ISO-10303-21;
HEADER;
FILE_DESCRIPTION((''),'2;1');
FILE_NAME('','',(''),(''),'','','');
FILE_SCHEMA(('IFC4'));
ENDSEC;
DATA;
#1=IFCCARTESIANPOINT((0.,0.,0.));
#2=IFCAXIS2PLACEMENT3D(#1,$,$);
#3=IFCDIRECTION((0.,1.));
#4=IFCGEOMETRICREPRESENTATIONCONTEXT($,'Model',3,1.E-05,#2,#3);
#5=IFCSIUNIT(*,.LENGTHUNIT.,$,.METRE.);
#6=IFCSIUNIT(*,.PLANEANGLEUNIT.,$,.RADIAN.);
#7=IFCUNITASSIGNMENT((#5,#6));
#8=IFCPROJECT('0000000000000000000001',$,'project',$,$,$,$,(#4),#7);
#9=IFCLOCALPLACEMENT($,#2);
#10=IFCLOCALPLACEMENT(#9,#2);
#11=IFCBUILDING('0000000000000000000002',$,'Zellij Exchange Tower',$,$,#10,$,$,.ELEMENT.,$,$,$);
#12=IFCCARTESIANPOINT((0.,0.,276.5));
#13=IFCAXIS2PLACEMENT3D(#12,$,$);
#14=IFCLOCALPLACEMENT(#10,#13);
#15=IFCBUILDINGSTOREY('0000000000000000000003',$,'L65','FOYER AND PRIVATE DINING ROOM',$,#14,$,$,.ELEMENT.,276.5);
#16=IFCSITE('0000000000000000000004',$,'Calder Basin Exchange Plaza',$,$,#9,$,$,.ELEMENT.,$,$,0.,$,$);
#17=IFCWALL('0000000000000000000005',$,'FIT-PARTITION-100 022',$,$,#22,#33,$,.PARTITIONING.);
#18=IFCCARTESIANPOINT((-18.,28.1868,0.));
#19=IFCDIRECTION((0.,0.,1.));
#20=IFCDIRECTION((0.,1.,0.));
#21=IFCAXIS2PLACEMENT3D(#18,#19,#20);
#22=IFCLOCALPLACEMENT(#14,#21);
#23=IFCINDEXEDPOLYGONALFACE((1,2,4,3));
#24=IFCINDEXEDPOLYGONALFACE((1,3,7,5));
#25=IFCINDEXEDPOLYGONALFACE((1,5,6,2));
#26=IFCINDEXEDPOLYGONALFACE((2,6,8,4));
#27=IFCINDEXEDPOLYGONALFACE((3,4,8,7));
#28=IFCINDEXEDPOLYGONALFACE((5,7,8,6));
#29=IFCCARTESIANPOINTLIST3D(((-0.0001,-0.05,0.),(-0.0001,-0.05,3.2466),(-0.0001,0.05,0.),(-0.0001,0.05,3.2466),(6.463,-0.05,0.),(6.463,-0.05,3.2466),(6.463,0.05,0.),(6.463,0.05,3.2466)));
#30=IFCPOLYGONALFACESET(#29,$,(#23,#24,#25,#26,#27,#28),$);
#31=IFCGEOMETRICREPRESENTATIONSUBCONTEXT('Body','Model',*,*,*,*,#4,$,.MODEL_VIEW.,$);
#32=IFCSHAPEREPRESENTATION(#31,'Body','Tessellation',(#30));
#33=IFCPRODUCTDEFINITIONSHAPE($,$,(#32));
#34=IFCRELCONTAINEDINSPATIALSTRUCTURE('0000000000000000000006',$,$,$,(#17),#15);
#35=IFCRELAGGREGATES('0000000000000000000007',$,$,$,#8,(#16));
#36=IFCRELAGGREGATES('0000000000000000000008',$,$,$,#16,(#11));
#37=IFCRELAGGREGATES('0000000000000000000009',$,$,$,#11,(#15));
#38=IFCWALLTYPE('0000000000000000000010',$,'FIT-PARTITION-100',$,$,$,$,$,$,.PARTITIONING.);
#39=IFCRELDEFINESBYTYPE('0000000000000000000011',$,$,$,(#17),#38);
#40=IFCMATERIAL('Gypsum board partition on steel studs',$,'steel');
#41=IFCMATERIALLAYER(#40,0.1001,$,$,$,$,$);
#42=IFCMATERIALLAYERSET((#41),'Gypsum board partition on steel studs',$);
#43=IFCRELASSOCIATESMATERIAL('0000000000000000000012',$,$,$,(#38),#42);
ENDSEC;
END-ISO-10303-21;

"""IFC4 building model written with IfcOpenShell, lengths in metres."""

from ifc_helpers import new_model, si_unit, direction, frame, frame_2d, origin, place, context, subcontext, project, spatial, rectangle, extrude, material, layer, layer_set, type_object, element, save


model = new_model("IFC4")

# Units and contexts
model_context = context("Model", 3, precision=1e-05, world=origin(), true_north=direction((0.0, 1.0)))
body_context = subcontext(model_context, "Body", "Model", "MODEL_VIEW")
ifc_project = project(units=[si_unit("LENGTHUNIT", "METRE"), si_unit("PLANEANGLEUNIT", "RADIAN")], contexts=[model_context])

# Site, building, storey
site_placement = place(None, origin())
site = spatial("IfcSite", under=ifc_project, at=site_placement, Name="Calder Basin Exchange Plaza", CompositionType="ELEMENT", RefElevation=0.0)
building_placement = place(site_placement, origin())
building = spatial("IfcBuilding", under=site, at=building_placement, Name="Zellij Exchange Tower", CompositionType="ELEMENT")
storey_placement = place(building_placement, frame((0.0, 0.0, 276.5)))
storey = spatial("IfcBuildingStorey", under=building, at=storey_placement, Name="L65", Description="FOYER AND PRIVATE DINING ROOM", CompositionType="ELEMENT", Elevation=276.5)

# Wall
ifc_material_1 = material(Name="Gypsum board partition on steel studs", Category="steel")
ifc_layer = layer(ifc_material_1, 0.1001)
ifc_layer_set = layer_set([ifc_layer], Name="Gypsum board partition on steel studs")
wall_type = type_object("IfcWallType", Name="FIT-PARTITION-100", PredefinedType="PARTITIONING", material=ifc_layer_set)
wall_1_placement = place(storey_placement, frame((-18.0, 28.1868, 0.0), z_axis=(0.0, 0.0, 1.0), x_axis=(0.0, 1.0, 0.0)))
element("IfcWall", 1, at=wall_1_placement, inside=storey, type_object=wall_type, Name="FIT-PARTITION-100 022", PredefinedType="PARTITIONING", context=body_context, shape_type="SweptSolid", body=[
    extrude(rectangle(XDim=6.4631, YDim=0.1001, at=frame_2d((3.2314, 0.0))), origin(), (0.0, 0.0, 1.0), 3.2466),
])

save(model, "model.ifc")
